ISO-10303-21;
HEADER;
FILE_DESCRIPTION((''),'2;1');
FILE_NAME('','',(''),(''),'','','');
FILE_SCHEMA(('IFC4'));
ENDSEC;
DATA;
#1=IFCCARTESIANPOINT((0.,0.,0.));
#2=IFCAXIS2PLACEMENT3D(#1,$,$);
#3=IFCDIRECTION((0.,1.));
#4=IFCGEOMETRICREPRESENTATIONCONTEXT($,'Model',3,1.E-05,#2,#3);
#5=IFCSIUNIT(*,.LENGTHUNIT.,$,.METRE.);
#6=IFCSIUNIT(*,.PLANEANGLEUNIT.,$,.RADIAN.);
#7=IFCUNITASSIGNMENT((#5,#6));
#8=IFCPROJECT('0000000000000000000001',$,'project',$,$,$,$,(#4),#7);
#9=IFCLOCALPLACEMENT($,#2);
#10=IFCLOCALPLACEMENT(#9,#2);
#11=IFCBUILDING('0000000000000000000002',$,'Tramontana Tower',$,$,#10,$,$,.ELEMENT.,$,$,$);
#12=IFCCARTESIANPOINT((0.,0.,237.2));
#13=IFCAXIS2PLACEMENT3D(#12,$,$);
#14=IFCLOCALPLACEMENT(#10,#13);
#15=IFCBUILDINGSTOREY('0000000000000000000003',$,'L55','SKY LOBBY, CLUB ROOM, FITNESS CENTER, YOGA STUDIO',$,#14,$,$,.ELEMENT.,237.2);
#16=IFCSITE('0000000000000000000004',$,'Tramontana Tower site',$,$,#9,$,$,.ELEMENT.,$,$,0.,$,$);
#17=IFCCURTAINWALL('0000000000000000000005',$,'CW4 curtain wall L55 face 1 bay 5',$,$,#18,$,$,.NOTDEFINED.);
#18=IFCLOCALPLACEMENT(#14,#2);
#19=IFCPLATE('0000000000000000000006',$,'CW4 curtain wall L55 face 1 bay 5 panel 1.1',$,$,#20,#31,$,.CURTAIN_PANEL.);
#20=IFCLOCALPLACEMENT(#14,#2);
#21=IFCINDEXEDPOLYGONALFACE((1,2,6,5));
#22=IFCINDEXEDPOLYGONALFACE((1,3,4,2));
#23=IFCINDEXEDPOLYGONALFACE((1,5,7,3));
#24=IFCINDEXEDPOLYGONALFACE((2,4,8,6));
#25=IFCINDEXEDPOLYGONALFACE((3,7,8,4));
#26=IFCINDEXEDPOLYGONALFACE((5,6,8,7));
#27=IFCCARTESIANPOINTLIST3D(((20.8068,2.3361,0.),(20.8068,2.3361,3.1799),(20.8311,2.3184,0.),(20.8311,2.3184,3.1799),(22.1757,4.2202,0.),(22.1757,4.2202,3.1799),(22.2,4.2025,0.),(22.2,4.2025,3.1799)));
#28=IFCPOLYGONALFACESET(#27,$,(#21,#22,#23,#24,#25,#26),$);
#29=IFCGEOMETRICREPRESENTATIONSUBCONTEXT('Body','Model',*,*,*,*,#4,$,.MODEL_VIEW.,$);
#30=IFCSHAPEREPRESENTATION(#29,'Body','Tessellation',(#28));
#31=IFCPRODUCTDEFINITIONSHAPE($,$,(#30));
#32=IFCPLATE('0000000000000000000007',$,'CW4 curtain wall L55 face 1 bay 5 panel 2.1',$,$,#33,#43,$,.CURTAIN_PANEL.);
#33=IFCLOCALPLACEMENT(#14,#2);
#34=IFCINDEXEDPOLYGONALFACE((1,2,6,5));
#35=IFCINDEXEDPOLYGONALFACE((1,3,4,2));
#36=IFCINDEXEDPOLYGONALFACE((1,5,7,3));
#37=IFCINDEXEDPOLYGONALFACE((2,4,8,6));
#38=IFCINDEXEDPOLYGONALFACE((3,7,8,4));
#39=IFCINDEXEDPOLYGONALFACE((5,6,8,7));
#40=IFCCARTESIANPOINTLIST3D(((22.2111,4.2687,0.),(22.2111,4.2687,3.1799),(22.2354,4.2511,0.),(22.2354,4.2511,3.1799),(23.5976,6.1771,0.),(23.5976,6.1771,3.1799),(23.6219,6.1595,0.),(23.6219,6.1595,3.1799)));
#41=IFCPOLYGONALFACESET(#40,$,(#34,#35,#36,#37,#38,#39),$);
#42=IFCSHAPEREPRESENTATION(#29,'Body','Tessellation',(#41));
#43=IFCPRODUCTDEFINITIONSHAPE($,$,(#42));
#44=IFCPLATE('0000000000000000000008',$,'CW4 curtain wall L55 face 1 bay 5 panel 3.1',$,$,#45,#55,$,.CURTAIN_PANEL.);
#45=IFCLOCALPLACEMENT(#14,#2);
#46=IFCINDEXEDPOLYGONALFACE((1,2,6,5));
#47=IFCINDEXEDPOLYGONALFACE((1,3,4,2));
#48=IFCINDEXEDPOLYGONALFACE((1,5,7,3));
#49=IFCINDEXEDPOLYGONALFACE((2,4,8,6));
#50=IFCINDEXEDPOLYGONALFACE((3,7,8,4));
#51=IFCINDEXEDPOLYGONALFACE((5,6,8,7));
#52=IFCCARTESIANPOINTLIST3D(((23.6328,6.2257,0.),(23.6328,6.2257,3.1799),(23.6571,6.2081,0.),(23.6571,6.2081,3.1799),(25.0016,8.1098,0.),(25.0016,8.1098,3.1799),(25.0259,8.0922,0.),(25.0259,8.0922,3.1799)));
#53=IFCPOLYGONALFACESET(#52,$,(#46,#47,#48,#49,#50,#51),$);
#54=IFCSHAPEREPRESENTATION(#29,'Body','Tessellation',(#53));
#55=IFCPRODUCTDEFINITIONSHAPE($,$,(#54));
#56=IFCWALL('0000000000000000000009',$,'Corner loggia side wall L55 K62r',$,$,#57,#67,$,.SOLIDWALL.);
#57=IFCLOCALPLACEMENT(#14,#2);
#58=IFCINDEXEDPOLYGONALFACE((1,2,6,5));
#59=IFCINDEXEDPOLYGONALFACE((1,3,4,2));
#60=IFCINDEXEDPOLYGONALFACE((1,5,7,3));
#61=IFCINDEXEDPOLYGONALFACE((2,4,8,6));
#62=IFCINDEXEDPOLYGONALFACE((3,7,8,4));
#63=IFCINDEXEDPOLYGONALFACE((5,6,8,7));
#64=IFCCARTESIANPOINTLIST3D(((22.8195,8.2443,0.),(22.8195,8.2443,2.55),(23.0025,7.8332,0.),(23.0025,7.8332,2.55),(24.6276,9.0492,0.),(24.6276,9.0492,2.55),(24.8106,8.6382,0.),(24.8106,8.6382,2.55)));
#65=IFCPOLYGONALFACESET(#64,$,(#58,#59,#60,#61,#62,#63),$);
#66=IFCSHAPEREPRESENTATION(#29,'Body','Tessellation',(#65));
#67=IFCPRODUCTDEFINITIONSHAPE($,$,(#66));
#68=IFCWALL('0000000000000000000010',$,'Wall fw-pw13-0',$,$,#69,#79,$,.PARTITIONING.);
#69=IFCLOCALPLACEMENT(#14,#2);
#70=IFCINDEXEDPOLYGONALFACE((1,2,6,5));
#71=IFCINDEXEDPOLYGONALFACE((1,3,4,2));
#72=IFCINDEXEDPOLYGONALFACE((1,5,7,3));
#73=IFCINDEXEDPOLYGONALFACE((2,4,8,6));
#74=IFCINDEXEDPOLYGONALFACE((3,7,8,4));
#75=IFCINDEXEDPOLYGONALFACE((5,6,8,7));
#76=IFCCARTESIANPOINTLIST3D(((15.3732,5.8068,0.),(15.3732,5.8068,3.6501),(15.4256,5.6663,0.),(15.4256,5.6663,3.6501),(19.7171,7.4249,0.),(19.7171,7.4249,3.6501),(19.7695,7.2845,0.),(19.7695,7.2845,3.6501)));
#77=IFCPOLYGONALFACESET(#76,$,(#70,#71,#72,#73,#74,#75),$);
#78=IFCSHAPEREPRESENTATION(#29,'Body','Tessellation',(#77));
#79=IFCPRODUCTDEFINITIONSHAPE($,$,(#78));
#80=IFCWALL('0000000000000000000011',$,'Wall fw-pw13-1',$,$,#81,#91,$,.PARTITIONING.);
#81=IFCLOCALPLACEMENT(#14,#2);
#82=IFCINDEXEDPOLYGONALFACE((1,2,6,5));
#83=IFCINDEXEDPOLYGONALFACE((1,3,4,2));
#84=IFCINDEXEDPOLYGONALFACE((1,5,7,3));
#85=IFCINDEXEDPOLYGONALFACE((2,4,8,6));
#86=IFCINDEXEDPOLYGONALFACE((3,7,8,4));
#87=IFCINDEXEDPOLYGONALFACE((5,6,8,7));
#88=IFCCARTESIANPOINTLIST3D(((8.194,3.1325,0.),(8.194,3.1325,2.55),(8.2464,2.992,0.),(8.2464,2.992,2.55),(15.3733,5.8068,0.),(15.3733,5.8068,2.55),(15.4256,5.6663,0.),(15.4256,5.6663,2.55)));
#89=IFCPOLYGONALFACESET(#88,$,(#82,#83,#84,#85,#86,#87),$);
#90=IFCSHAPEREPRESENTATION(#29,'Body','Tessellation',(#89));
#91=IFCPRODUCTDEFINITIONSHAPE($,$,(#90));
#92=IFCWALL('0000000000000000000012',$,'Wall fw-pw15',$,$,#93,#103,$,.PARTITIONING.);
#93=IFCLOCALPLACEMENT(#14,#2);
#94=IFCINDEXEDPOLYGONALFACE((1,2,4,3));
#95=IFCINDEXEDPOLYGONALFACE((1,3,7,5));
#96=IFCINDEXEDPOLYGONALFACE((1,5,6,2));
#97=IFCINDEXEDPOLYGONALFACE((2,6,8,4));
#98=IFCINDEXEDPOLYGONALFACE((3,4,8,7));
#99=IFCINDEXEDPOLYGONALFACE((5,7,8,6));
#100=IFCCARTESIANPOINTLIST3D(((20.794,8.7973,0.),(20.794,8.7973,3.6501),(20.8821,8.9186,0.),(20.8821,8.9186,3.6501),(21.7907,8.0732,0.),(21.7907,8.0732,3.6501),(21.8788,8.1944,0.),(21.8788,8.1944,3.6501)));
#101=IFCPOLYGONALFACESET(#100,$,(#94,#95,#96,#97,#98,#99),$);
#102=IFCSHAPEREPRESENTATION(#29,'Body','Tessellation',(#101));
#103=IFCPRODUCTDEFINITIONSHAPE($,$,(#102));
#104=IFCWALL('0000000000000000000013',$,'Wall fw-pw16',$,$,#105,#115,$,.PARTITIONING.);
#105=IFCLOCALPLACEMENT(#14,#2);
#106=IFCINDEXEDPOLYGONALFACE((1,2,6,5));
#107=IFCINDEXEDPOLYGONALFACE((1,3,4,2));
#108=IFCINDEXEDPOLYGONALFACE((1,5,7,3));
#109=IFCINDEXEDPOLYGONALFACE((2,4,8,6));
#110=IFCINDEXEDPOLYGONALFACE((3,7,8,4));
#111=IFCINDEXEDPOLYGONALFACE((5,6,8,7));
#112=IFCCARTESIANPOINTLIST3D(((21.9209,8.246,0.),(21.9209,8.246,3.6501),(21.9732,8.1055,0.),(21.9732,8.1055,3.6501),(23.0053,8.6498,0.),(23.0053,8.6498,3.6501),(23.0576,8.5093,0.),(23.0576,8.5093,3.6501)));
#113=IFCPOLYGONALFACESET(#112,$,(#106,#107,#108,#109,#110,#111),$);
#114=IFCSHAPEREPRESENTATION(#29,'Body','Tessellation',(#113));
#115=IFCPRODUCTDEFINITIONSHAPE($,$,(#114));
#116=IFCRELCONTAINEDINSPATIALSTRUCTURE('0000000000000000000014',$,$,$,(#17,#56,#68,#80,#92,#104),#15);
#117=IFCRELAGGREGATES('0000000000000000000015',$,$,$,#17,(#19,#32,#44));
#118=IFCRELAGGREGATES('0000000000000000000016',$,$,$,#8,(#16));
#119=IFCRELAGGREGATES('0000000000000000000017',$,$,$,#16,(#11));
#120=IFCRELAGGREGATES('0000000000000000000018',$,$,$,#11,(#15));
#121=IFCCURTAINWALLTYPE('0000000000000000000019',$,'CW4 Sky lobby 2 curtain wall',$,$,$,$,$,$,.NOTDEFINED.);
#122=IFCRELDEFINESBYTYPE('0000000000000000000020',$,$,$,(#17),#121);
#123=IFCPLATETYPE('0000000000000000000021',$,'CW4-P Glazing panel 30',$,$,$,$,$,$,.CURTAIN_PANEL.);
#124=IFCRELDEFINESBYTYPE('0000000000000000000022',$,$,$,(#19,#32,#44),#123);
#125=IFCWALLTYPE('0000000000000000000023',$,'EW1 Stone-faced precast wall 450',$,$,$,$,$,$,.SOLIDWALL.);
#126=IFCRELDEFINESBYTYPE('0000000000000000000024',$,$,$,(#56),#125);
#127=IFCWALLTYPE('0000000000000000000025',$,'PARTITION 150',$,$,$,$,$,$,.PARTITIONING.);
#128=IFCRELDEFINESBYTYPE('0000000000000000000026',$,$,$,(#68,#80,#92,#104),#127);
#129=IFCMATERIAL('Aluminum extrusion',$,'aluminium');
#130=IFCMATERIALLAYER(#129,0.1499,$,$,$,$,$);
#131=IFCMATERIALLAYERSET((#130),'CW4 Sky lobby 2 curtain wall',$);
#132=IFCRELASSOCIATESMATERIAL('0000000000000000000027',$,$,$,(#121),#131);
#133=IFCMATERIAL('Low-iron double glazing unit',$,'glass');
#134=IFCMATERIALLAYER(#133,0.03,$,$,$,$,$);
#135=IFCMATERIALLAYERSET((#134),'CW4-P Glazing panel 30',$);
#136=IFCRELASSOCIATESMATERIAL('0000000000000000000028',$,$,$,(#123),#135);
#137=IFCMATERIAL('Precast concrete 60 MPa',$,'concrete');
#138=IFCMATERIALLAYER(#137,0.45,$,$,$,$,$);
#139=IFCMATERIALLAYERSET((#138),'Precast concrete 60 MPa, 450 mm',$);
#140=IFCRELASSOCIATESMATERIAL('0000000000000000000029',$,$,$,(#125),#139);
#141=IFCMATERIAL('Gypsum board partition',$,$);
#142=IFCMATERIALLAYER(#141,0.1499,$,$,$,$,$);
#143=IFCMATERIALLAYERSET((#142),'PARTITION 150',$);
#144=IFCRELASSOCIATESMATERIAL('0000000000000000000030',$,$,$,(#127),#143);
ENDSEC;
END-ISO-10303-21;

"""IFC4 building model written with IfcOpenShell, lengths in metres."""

from ifc_helpers import new_model, si_unit, direction, frame, frame_2d, origin, origin_2d, place, context, subcontext, project, spatial, rectangle, extrude, material, layer, layer_set, type_object, element, aggregate, save


model = new_model("IFC4")

# Units and contexts
model_context = context("Model", 3, precision=1e-05, world=origin(), true_north=direction((0.0, 1.0)))
body_context = subcontext(model_context, "Body", "Model", "MODEL_VIEW")
ifc_project = project(units=[si_unit("LENGTHUNIT", "METRE"), si_unit("PLANEANGLEUNIT", "RADIAN")], contexts=[model_context])

# Site, building, storey
site_placement = place(None, origin())
site = spatial("IfcSite", under=ifc_project, at=site_placement, Name="Tramontana Tower site", CompositionType="ELEMENT", RefElevation=0.0)
building_placement = place(site_placement, origin())
building = spatial("IfcBuilding", under=site, at=building_placement, Name="Tramontana Tower", CompositionType="ELEMENT")
storey_placement = place(building_placement, frame((0.0, 0.0, 237.2)))
storey = spatial("IfcBuildingStorey", under=building, at=storey_placement, Name="L55", Description="SKY LOBBY, CLUB ROOM, FITNESS CENTER, YOGA STUDIO", CompositionType="ELEMENT", Elevation=237.2)

# Shared definitions
ifc_material_1 = material(Name="Aluminum extrusion", Category="aluminium")
ifc_layer_1 = layer(ifc_material_1, 0.1499)
ifc_layer_set_1 = layer_set([ifc_layer_1], Name="CW4 Sky lobby 2 curtain wall")
curtain_wall_type = type_object("IfcCurtainWallType", Name="CW4 Sky lobby 2 curtain wall", PredefinedType="NOTDEFINED", material=ifc_layer_set_1)

# Curtain wall
curtain_wall_1_placement = place(storey_placement, origin())
curtain_wall_1 = element("IfcCurtainWall", 1, at=curtain_wall_1_placement, inside=storey, type_object=curtain_wall_type, Name="CW4 curtain wall L55 face 1 bay 5", PredefinedType="NOTDEFINED")

# Plates
ifc_material_2 = material(Name="Low-iron double glazing unit", Category="glass")
ifc_layer_2 = layer(ifc_material_2, 0.03)
ifc_layer_set_2 = layer_set([ifc_layer_2], Name="CW4-P Glazing panel 30")
plate_type = type_object("IfcPlateType", Name="CW4-P Glazing panel 30", PredefinedType="CURTAIN_PANEL", material=ifc_layer_set_2)
plate_1_placement = place(storey_placement, frame((21.5034, 3.2693, 0.0), z_axis=(0.0, 0.0, 1.0), x_axis=(0.587785, 0.809017, 0.0)))
plate_1 = element("IfcPlate", 2, at=plate_1_placement, type_object=plate_type, Name="CW4 curtain wall L55 face 1 bay 5 panel 1.1", PredefinedType="CURTAIN_PANEL", context=body_context, shape_type="SweptSolid", body=[
    extrude(rectangle(XDim=2.3289, YDim=0.03, at=origin_2d()), origin(), (0.0, 0.0, 1.0), 3.1799),
])
plate_2_placement = place(storey_placement, frame((22.9165, 5.2141, 0.0), z_axis=(0.0, 0.0, 1.0), x_axis=(0.587785, 0.809017, 0.0)))
plate_2 = element("IfcPlate", 3, at=plate_2_placement, type_object=plate_type, Name="CW4 curtain wall L55 face 1 bay 5 panel 2.1", PredefinedType="CURTAIN_PANEL", context=body_context, shape_type="SweptSolid", body=[
    extrude(rectangle(XDim=2.3589, YDim=0.03, at=origin_2d()), origin(), (0.0, 0.0, 1.0), 3.1799),
])
plate_3_placement = place(storey_placement, frame((24.3293, 7.1589, 0.0), z_axis=(0.0, 0.0, 1.0), x_axis=(0.587785, 0.809017, 0.0)))
plate_3 = element("IfcPlate", 4, at=plate_3_placement, type_object=plate_type, Name="CW4 curtain wall L55 face 1 bay 5 panel 3.1", PredefinedType="CURTAIN_PANEL", context=body_context, shape_type="SweptSolid", body=[
    extrude(rectangle(XDim=2.3289, YDim=0.03, at=origin_2d()), origin(), (0.0, 0.0, 1.0), 3.1799),
])
aggregate(curtain_wall_1, [plate_1, plate_2, plate_3])

# Walls
ifc_material_3 = material(Name="Precast concrete 60 MPa", Category="concrete")
ifc_layer_3 = layer(ifc_material_3, 0.45)
ifc_layer_set_3 = layer_set([ifc_layer_3], Name="Precast concrete 60 MPa, 450 mm")
wall_type_1 = type_object("IfcWallType", Name="EW1 Stone-faced precast wall 450", PredefinedType="SOLIDWALL", material=ifc_layer_set_3)
wall_1_placement = place(storey_placement, frame((24.7192, 8.8438, 0.0), z_axis=(0.0, 0.0, 1.0), x_axis=(-0.913562, -0.406699, 0.0)))
element("IfcWall", 5, at=wall_1_placement, inside=storey, type_object=wall_type_1, Name="Corner loggia side wall L55 K62r", PredefinedType="SOLIDWALL", context=body_context, shape_type="SweptSolid", body=[
    extrude(rectangle(XDim=1.9792, YDim=0.45, at=frame_2d((0.9897, 0.0))), origin(), (0.0, 0.0, 1.0), 2.55),
])
ifc_material_4 = material(Name="Gypsum board partition")
ifc_layer_4 = layer(ifc_material_4, 0.1499)
ifc_layer_set_4 = layer_set([ifc_layer_4], Name="PARTITION 150")
wall_type_2 = type_object("IfcWallType", Name="PARTITION 150", PredefinedType="PARTITIONING", material=ifc_layer_set_4)
wall_2_placement = place(storey_placement, frame((19.7434, 7.3547, 0.0), z_axis=(0.0, 0.0, 1.0), x_axis=(-0.937095, -0.349074, 0.0)))
element("IfcWall", 6, at=wall_2_placement, inside=storey, type_object=wall_type_2, Name="Wall fw-pw13-0", PredefinedType="PARTITIONING", context=body_context, shape_type="SweptSolid", body=[
    extrude(rectangle(XDim=4.6355, YDim=0.1499, at=frame_2d((2.3179, 0.0))), origin(), (0.0, 0.0, 1.0), 3.6501),
])
wall_3_placement = place(storey_placement, frame((15.3994, 5.7366, 0.0), z_axis=(0.0, 0.0, 1.0), x_axis=(-0.937094, -0.349076, 0.0)))
element("IfcWall", 7, at=wall_3_placement, inside=storey, type_object=wall_type_2, Name="Wall fw-pw13-1", PredefinedType="PARTITIONING", context=body_context, shape_type="SweptSolid", body=[
    extrude(rectangle(XDim=7.6611, YDim=0.1499, at=frame_2d((3.8306, 0.0))), origin(), (0.0, 0.0, 1.0), 2.55),
])
wall_4_placement = place(storey_placement, frame((21.8347, 8.1338, 0.0), z_axis=(0.0, 0.0, 1.0), x_axis=(-0.808993, 0.587818, 0.0)))
element("IfcWall", 8, at=wall_4_placement, inside=storey, type_object=wall_type_2, Name="Wall fw-pw15", PredefinedType="PARTITIONING", context=body_context, shape_type="SweptSolid", body=[
    extrude(rectangle(XDim=1.2319, YDim=0.1499, at=frame_2d((0.616, 0.0))), origin(), (0.0, 0.0, 1.0), 3.6501),
])
wall_5_placement = place(storey_placement, frame((23.0315, 8.5796, 0.0), z_axis=(0.0, 0.0, 1.0), x_axis=(-0.937142, -0.348949, 0.0)))
element("IfcWall", 9, at=wall_5_placement, inside=storey, type_object=wall_type_2, Name="Wall fw-pw16", PredefinedType="PARTITIONING", context=body_context, shape_type="SweptSolid", body=[
    extrude(rectangle(XDim=1.1572, YDim=0.1499, at=frame_2d((0.5786, 0.0))), origin(), (0.0, 0.0, 1.0), 3.6501),
])

save(model, "model.ifc")
